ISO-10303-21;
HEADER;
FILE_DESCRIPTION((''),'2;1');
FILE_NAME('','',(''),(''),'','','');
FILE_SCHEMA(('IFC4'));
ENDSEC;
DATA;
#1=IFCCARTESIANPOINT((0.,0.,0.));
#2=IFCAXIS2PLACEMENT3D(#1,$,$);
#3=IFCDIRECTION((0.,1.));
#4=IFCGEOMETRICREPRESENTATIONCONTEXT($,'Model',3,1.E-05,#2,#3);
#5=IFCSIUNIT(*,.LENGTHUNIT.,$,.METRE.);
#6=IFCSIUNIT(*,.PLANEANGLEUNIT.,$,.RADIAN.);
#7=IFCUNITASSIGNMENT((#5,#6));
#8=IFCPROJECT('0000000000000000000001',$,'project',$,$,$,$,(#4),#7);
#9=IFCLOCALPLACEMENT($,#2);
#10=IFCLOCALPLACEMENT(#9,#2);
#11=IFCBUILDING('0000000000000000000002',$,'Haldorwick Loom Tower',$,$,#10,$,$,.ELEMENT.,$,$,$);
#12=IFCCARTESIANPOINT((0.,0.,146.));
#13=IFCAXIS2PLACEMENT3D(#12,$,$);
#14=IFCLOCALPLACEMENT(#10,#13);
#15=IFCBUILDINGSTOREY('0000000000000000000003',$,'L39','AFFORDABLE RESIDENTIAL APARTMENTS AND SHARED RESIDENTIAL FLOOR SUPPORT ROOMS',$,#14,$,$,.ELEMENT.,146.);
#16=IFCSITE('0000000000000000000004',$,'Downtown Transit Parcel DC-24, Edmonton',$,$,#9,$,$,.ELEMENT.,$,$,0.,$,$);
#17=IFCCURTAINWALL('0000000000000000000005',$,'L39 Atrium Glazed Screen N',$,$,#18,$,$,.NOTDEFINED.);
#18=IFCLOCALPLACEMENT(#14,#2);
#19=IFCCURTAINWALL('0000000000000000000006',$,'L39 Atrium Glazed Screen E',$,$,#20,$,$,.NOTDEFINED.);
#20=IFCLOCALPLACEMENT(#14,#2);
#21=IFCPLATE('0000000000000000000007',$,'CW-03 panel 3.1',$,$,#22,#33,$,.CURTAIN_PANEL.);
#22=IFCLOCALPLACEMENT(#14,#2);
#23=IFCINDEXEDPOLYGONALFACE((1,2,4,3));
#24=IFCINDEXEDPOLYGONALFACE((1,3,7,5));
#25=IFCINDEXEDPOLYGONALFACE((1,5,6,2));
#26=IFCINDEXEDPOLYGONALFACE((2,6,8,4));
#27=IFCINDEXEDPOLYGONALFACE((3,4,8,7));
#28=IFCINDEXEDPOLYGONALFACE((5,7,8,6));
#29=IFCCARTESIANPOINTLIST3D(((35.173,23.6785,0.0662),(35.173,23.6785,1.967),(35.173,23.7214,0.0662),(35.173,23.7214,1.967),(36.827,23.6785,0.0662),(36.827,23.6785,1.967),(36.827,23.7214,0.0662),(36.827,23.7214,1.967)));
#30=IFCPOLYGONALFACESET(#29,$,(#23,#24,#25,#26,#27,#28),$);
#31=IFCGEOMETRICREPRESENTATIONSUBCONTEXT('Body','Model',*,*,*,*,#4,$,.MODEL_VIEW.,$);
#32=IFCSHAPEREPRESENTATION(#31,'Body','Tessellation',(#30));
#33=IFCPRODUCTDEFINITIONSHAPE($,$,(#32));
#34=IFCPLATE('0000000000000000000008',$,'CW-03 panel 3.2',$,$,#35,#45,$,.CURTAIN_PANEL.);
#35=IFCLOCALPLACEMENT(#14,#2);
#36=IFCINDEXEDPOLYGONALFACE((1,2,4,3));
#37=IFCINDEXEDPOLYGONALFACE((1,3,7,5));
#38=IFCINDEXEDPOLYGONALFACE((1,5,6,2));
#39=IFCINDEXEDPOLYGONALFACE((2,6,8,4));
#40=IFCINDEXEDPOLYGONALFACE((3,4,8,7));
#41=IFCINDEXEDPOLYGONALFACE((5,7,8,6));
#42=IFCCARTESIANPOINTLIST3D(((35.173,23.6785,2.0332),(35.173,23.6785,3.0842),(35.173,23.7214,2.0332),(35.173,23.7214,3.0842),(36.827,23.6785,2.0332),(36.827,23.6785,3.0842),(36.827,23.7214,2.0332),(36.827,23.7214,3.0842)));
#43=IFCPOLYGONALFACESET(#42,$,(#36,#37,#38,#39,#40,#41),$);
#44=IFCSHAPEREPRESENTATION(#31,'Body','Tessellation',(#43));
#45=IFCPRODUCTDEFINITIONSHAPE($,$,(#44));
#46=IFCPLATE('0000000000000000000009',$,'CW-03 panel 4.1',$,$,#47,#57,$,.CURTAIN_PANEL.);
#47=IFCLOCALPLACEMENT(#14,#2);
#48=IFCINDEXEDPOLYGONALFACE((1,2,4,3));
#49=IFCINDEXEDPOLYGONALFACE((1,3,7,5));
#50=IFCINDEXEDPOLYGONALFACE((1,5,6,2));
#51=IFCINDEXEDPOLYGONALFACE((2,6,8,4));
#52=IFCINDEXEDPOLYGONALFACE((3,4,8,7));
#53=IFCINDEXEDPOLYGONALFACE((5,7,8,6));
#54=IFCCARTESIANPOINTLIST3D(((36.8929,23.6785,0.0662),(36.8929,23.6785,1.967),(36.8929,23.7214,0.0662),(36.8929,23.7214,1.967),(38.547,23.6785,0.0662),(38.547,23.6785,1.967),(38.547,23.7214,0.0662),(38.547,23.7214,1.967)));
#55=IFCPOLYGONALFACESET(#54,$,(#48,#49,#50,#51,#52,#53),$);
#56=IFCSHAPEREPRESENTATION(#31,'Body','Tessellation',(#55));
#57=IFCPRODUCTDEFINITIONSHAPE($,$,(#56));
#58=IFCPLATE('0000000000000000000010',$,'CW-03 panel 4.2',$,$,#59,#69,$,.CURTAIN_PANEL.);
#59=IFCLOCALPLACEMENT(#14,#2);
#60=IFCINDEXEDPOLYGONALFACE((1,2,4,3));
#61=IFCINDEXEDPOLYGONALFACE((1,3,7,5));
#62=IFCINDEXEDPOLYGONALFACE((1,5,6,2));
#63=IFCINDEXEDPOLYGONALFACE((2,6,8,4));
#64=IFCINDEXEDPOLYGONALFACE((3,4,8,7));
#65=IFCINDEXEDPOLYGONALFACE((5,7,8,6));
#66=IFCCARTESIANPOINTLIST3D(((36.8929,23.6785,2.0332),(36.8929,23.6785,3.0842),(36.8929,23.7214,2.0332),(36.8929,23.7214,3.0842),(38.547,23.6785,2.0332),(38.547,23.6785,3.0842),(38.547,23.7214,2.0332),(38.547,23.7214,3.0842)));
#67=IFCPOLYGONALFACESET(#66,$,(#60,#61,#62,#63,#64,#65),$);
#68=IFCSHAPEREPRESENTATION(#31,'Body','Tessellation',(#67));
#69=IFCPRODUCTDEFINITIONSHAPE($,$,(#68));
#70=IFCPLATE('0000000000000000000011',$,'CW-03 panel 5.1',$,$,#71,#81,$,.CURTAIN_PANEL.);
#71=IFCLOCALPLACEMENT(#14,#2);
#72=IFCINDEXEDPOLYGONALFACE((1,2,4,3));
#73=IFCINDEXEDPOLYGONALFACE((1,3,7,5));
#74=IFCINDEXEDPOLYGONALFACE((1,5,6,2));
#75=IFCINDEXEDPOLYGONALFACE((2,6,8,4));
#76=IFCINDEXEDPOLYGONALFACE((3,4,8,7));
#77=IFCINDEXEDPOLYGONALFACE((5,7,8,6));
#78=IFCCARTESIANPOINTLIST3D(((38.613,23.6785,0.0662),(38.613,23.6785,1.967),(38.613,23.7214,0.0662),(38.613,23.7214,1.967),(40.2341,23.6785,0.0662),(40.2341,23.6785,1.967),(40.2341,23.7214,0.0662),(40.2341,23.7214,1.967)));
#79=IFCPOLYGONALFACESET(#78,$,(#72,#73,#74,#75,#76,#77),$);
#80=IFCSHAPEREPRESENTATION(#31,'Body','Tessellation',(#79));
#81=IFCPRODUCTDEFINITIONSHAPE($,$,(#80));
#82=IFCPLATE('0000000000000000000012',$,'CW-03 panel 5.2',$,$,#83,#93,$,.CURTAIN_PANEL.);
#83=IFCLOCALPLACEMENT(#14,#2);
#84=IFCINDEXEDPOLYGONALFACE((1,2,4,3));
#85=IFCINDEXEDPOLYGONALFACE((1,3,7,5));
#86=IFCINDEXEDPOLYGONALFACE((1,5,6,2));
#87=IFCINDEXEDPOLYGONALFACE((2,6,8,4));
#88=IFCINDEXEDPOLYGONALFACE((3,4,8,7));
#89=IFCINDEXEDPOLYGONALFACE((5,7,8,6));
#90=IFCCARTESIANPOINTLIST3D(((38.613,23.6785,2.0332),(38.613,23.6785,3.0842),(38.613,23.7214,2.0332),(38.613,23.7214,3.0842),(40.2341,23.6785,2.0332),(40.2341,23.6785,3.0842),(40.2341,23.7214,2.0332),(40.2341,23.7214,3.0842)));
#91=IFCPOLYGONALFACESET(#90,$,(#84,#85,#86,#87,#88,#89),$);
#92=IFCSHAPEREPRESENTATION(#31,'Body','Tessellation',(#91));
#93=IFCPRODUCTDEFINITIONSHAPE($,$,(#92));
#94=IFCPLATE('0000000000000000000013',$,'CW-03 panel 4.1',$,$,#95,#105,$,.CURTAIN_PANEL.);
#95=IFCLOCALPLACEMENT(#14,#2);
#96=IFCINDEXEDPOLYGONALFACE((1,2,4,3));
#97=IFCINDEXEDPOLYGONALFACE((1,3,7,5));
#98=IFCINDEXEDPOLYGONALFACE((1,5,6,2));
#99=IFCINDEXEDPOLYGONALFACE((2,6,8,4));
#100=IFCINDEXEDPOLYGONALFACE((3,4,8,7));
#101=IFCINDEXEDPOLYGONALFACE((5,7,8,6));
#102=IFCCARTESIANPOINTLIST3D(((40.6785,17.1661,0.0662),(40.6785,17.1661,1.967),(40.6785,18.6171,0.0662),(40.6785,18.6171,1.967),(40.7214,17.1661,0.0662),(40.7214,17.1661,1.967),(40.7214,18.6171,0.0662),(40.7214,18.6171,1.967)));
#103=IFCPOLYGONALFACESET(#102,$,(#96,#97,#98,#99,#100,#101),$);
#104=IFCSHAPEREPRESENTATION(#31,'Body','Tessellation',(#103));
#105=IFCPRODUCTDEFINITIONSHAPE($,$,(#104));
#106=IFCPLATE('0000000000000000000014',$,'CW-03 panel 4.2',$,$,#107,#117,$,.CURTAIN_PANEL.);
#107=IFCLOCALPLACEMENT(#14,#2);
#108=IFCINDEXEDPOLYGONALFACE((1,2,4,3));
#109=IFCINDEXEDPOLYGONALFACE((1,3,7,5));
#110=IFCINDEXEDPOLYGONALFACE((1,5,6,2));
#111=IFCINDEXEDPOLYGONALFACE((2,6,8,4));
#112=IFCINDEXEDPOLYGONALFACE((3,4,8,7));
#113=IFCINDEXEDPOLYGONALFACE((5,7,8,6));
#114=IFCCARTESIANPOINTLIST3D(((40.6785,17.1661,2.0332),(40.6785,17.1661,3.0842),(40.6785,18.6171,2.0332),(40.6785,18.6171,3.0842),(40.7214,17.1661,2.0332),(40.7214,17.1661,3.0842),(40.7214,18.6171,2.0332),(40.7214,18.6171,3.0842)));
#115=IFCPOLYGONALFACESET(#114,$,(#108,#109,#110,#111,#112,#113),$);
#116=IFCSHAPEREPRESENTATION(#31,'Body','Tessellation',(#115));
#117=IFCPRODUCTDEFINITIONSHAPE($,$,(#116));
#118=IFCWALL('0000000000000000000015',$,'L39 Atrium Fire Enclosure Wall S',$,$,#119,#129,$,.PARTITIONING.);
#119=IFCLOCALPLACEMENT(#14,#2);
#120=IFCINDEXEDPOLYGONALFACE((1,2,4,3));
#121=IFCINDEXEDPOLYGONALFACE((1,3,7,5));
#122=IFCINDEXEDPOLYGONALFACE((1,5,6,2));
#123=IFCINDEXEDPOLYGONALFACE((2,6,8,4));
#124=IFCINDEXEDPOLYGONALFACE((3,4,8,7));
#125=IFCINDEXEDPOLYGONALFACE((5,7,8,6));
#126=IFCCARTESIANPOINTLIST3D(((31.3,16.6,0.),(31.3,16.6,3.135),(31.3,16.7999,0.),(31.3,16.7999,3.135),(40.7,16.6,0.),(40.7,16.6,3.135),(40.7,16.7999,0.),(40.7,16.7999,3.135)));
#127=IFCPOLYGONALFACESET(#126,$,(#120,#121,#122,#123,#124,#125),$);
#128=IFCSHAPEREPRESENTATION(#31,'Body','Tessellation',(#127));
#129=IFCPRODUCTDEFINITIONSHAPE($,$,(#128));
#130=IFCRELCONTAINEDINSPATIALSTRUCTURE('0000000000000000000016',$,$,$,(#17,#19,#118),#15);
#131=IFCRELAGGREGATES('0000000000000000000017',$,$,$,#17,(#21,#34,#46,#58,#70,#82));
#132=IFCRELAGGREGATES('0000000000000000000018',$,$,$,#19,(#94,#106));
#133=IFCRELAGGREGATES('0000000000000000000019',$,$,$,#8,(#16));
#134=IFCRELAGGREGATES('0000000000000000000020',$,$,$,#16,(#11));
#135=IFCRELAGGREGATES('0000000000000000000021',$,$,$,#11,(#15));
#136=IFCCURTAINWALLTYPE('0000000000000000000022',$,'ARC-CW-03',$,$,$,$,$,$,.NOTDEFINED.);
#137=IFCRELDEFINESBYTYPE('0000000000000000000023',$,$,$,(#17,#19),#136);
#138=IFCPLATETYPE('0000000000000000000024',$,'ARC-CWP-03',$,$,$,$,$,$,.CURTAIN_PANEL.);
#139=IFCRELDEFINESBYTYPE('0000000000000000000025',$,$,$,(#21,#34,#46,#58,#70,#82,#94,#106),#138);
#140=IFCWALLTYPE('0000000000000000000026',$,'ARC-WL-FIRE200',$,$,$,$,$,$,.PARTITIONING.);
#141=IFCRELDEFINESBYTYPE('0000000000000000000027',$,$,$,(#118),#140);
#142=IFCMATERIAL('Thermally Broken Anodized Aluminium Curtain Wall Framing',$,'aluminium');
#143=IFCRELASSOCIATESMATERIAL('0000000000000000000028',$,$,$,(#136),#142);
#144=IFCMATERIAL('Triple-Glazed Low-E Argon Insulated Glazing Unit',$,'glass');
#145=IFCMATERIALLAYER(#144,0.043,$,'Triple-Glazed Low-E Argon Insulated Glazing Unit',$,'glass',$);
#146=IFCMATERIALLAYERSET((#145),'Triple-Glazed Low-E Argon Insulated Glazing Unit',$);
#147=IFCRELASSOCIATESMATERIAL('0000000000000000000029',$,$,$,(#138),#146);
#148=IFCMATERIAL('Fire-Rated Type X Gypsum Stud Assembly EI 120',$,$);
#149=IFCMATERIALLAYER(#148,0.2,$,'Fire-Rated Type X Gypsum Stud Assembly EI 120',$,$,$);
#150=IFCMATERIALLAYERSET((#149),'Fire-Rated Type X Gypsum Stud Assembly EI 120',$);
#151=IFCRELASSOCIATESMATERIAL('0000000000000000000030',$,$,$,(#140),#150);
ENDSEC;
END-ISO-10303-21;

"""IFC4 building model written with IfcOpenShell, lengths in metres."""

from ifc_helpers import new_model, si_unit, direction, frame, frame_2d, origin, origin_2d, place, context, subcontext, project, spatial, rectangle, extrude, material, layer, layer_set, type_object, element, aggregate, save


model = new_model("IFC4")

# Units and contexts
model_context = context("Model", 3, precision=1e-05, world=origin(), true_north=direction((0.0, 1.0)))
body_context = subcontext(model_context, "Body", "Model", "MODEL_VIEW")
ifc_project = project(units=[si_unit("LENGTHUNIT", "METRE"), si_unit("PLANEANGLEUNIT", "RADIAN")], contexts=[model_context])

# Site, building, storey
site_placement = place(None, origin())
site = spatial("IfcSite", under=ifc_project, at=site_placement, Name="Downtown Transit Parcel DC-24, Edmonton", CompositionType="ELEMENT", RefElevation=0.0)
building_placement = place(site_placement, origin())
building = spatial("IfcBuilding", under=site, at=building_placement, Name="Haldorwick Loom Tower", CompositionType="ELEMENT")
storey_placement = place(building_placement, frame((0.0, 0.0, 146.0)))
storey = spatial("IfcBuildingStorey", under=building, at=storey_placement, Name="L39", Description="AFFORDABLE RESIDENTIAL APARTMENTS AND SHARED RESIDENTIAL FLOOR SUPPORT ROOMS", CompositionType="ELEMENT", Elevation=146.0)

# Shared definitions
ifc_material_1 = material(Name="Thermally Broken Anodized Aluminium Curtain Wall Framing", Category="aluminium")
curtain_wall_type = type_object("IfcCurtainWallType", Name="ARC-CW-03", PredefinedType="NOTDEFINED", material=ifc_material_1)

# Curtain wall
curtain_wall_1_placement = place(storey_placement, origin())
curtain_wall_1 = element("IfcCurtainWall", 1, at=curtain_wall_1_placement, inside=storey, type_object=curtain_wall_type, Name="L39 Atrium Glazed Screen N", PredefinedType="NOTDEFINED")

# Curtain wall
curtain_wall_2_placement = place(storey_placement, origin())
curtain_wall_2 = element("IfcCurtainWall", 2, at=curtain_wall_2_placement, inside=storey, type_object=curtain_wall_type, Name="L39 Atrium Glazed Screen E", PredefinedType="NOTDEFINED")

# Plates
ifc_material_2 = material(Name="Triple-Glazed Low-E Argon Insulated Glazing Unit", Category="glass")
ifc_layer_1 = layer(ifc_material_2, 0.043, Name="Triple-Glazed Low-E Argon Insulated Glazing Unit", Category="glass")
ifc_layer_set_1 = layer_set([ifc_layer_1], Name="Triple-Glazed Low-E Argon Insulated Glazing Unit")
plate_type = type_object("IfcPlateType", Name="ARC-CWP-03", PredefinedType="CURTAIN_PANEL", material=ifc_layer_set_1)
plate_1_placement = place(storey_placement, frame((36.0, 23.7, 0.0662), z_axis=(0.0, 0.0, 1.0), x_axis=(1.0, 0.0, 0.0)))
plate_1 = element("IfcPlate", 3, at=plate_1_placement, type_object=plate_type, Name="CW-03 panel 3.1", PredefinedType="CURTAIN_PANEL", context=body_context, shape_type="SweptSolid", body=[
    extrude(rectangle(XDim=1.6541, YDim=0.043, at=origin_2d()), origin(), (0.0, 0.0, 1.0), 1.9009),
])
plate_2_placement = place(storey_placement, frame((36.0, 23.7, 2.0332), z_axis=(0.0, 0.0, 1.0), x_axis=(1.0, 0.0, 0.0)))
plate_2 = element("IfcPlate", 4, at=plate_2_placement, type_object=plate_type, Name="CW-03 panel 3.2", PredefinedType="CURTAIN_PANEL", context=body_context, shape_type="SweptSolid", body=[
    extrude(rectangle(XDim=1.6541, YDim=0.043, at=origin_2d()), origin(), (0.0, 0.0, 1.0), 1.051),
])
plate_3_placement = place(storey_placement, frame((37.72, 23.7, 0.0662), z_axis=(0.0, 0.0, 1.0), x_axis=(1.0, 0.0, 0.0)))
plate_3 = element("IfcPlate", 5, at=plate_3_placement, type_object=plate_type, Name="CW-03 panel 4.1", PredefinedType="CURTAIN_PANEL", context=body_context, shape_type="SweptSolid", body=[
    extrude(rectangle(XDim=1.6541, YDim=0.043, at=origin_2d()), origin(), (0.0, 0.0, 1.0), 1.9009),
])
plate_4_placement = place(storey_placement, frame((37.72, 23.7, 2.0332), z_axis=(0.0, 0.0, 1.0), x_axis=(1.0, 0.0, 0.0)))
plate_4 = element("IfcPlate", 6, at=plate_4_placement, type_object=plate_type, Name="CW-03 panel 4.2", PredefinedType="CURTAIN_PANEL", context=body_context, shape_type="SweptSolid", body=[
    extrude(rectangle(XDim=1.6541, YDim=0.043, at=origin_2d()), origin(), (0.0, 0.0, 1.0), 1.051),
])
plate_5_placement = place(storey_placement, frame((39.4236, 23.7, 0.0662), z_axis=(0.0, 0.0, 1.0), x_axis=(1.0, 0.0, 0.0)))
plate_5 = element("IfcPlate", 7, at=plate_5_placement, type_object=plate_type, Name="CW-03 panel 5.1", PredefinedType="CURTAIN_PANEL", context=body_context, shape_type="SweptSolid", body=[
    extrude(rectangle(XDim=1.6211, YDim=0.043, at=origin_2d()), origin(), (0.0, 0.0, 1.0), 1.9009),
])
plate_6_placement = place(storey_placement, frame((39.4236, 23.7, 2.0332), z_axis=(0.0, 0.0, 1.0), x_axis=(1.0, 0.0, 0.0)))
plate_6 = element("IfcPlate", 8, at=plate_6_placement, type_object=plate_type, Name="CW-03 panel 5.2", PredefinedType="CURTAIN_PANEL", context=body_context, shape_type="SweptSolid", body=[
    extrude(rectangle(XDim=1.6211, YDim=0.043, at=origin_2d()), origin(), (0.0, 0.0, 1.0), 1.051),
])
aggregate(curtain_wall_1, [plate_1, plate_2, plate_3, plate_4, plate_5, plate_6])
plate_7_placement = place(storey_placement, frame((40.7, 17.8916, 0.0662), z_axis=(0.0, 0.0, 1.0), x_axis=(0.0, -1.0, 0.0)))
plate_7 = element("IfcPlate", 9, at=plate_7_placement, type_object=plate_type, Name="CW-03 panel 4.1", PredefinedType="CURTAIN_PANEL", context=body_context, shape_type="SweptSolid", body=[
    extrude(rectangle(XDim=1.4509, YDim=0.043, at=origin_2d()), origin(), (0.0, 0.0, 1.0), 1.9009),
])
plate_8_placement = place(storey_placement, frame((40.7, 17.8916, 2.0332), z_axis=(0.0, 0.0, 1.0), x_axis=(0.0, -1.0, 0.0)))
plate_8 = element("IfcPlate", 10, at=plate_8_placement, type_object=plate_type, Name="CW-03 panel 4.2", PredefinedType="CURTAIN_PANEL", context=body_context, shape_type="SweptSolid", body=[
    extrude(rectangle(XDim=1.4509, YDim=0.043, at=origin_2d()), origin(), (0.0, 0.0, 1.0), 1.051),
])
aggregate(curtain_wall_2, [plate_7, plate_8])

# Wall
ifc_material_3 = material(Name="Fire-Rated Type X Gypsum Stud Assembly EI 120")
ifc_layer_2 = layer(ifc_material_3, 0.2, Name="Fire-Rated Type X Gypsum Stud Assembly EI 120")
ifc_layer_set_2 = layer_set([ifc_layer_2], Name="Fire-Rated Type X Gypsum Stud Assembly EI 120")
wall_type = type_object("IfcWallType", Name="ARC-WL-FIRE200", PredefinedType="PARTITIONING", material=ifc_layer_set_2)
wall_placement = place(storey_placement, frame((40.7, 16.7, 0.0), z_axis=(0.0, 0.0, 1.0), x_axis=(-1.0, 0.0, 0.0)))
element("IfcWall", 11, at=wall_placement, inside=storey, type_object=wall_type, Name="L39 Atrium Fire Enclosure Wall S", PredefinedType="PARTITIONING", context=body_context, shape_type="SweptSolid", body=[
    extrude(rectangle(XDim=9.3999, YDim=0.2, at=frame_2d((4.7, 0.0))), origin(), (0.0, 0.0, 1.0), 3.135),
])

save(model, "model.ifc")
